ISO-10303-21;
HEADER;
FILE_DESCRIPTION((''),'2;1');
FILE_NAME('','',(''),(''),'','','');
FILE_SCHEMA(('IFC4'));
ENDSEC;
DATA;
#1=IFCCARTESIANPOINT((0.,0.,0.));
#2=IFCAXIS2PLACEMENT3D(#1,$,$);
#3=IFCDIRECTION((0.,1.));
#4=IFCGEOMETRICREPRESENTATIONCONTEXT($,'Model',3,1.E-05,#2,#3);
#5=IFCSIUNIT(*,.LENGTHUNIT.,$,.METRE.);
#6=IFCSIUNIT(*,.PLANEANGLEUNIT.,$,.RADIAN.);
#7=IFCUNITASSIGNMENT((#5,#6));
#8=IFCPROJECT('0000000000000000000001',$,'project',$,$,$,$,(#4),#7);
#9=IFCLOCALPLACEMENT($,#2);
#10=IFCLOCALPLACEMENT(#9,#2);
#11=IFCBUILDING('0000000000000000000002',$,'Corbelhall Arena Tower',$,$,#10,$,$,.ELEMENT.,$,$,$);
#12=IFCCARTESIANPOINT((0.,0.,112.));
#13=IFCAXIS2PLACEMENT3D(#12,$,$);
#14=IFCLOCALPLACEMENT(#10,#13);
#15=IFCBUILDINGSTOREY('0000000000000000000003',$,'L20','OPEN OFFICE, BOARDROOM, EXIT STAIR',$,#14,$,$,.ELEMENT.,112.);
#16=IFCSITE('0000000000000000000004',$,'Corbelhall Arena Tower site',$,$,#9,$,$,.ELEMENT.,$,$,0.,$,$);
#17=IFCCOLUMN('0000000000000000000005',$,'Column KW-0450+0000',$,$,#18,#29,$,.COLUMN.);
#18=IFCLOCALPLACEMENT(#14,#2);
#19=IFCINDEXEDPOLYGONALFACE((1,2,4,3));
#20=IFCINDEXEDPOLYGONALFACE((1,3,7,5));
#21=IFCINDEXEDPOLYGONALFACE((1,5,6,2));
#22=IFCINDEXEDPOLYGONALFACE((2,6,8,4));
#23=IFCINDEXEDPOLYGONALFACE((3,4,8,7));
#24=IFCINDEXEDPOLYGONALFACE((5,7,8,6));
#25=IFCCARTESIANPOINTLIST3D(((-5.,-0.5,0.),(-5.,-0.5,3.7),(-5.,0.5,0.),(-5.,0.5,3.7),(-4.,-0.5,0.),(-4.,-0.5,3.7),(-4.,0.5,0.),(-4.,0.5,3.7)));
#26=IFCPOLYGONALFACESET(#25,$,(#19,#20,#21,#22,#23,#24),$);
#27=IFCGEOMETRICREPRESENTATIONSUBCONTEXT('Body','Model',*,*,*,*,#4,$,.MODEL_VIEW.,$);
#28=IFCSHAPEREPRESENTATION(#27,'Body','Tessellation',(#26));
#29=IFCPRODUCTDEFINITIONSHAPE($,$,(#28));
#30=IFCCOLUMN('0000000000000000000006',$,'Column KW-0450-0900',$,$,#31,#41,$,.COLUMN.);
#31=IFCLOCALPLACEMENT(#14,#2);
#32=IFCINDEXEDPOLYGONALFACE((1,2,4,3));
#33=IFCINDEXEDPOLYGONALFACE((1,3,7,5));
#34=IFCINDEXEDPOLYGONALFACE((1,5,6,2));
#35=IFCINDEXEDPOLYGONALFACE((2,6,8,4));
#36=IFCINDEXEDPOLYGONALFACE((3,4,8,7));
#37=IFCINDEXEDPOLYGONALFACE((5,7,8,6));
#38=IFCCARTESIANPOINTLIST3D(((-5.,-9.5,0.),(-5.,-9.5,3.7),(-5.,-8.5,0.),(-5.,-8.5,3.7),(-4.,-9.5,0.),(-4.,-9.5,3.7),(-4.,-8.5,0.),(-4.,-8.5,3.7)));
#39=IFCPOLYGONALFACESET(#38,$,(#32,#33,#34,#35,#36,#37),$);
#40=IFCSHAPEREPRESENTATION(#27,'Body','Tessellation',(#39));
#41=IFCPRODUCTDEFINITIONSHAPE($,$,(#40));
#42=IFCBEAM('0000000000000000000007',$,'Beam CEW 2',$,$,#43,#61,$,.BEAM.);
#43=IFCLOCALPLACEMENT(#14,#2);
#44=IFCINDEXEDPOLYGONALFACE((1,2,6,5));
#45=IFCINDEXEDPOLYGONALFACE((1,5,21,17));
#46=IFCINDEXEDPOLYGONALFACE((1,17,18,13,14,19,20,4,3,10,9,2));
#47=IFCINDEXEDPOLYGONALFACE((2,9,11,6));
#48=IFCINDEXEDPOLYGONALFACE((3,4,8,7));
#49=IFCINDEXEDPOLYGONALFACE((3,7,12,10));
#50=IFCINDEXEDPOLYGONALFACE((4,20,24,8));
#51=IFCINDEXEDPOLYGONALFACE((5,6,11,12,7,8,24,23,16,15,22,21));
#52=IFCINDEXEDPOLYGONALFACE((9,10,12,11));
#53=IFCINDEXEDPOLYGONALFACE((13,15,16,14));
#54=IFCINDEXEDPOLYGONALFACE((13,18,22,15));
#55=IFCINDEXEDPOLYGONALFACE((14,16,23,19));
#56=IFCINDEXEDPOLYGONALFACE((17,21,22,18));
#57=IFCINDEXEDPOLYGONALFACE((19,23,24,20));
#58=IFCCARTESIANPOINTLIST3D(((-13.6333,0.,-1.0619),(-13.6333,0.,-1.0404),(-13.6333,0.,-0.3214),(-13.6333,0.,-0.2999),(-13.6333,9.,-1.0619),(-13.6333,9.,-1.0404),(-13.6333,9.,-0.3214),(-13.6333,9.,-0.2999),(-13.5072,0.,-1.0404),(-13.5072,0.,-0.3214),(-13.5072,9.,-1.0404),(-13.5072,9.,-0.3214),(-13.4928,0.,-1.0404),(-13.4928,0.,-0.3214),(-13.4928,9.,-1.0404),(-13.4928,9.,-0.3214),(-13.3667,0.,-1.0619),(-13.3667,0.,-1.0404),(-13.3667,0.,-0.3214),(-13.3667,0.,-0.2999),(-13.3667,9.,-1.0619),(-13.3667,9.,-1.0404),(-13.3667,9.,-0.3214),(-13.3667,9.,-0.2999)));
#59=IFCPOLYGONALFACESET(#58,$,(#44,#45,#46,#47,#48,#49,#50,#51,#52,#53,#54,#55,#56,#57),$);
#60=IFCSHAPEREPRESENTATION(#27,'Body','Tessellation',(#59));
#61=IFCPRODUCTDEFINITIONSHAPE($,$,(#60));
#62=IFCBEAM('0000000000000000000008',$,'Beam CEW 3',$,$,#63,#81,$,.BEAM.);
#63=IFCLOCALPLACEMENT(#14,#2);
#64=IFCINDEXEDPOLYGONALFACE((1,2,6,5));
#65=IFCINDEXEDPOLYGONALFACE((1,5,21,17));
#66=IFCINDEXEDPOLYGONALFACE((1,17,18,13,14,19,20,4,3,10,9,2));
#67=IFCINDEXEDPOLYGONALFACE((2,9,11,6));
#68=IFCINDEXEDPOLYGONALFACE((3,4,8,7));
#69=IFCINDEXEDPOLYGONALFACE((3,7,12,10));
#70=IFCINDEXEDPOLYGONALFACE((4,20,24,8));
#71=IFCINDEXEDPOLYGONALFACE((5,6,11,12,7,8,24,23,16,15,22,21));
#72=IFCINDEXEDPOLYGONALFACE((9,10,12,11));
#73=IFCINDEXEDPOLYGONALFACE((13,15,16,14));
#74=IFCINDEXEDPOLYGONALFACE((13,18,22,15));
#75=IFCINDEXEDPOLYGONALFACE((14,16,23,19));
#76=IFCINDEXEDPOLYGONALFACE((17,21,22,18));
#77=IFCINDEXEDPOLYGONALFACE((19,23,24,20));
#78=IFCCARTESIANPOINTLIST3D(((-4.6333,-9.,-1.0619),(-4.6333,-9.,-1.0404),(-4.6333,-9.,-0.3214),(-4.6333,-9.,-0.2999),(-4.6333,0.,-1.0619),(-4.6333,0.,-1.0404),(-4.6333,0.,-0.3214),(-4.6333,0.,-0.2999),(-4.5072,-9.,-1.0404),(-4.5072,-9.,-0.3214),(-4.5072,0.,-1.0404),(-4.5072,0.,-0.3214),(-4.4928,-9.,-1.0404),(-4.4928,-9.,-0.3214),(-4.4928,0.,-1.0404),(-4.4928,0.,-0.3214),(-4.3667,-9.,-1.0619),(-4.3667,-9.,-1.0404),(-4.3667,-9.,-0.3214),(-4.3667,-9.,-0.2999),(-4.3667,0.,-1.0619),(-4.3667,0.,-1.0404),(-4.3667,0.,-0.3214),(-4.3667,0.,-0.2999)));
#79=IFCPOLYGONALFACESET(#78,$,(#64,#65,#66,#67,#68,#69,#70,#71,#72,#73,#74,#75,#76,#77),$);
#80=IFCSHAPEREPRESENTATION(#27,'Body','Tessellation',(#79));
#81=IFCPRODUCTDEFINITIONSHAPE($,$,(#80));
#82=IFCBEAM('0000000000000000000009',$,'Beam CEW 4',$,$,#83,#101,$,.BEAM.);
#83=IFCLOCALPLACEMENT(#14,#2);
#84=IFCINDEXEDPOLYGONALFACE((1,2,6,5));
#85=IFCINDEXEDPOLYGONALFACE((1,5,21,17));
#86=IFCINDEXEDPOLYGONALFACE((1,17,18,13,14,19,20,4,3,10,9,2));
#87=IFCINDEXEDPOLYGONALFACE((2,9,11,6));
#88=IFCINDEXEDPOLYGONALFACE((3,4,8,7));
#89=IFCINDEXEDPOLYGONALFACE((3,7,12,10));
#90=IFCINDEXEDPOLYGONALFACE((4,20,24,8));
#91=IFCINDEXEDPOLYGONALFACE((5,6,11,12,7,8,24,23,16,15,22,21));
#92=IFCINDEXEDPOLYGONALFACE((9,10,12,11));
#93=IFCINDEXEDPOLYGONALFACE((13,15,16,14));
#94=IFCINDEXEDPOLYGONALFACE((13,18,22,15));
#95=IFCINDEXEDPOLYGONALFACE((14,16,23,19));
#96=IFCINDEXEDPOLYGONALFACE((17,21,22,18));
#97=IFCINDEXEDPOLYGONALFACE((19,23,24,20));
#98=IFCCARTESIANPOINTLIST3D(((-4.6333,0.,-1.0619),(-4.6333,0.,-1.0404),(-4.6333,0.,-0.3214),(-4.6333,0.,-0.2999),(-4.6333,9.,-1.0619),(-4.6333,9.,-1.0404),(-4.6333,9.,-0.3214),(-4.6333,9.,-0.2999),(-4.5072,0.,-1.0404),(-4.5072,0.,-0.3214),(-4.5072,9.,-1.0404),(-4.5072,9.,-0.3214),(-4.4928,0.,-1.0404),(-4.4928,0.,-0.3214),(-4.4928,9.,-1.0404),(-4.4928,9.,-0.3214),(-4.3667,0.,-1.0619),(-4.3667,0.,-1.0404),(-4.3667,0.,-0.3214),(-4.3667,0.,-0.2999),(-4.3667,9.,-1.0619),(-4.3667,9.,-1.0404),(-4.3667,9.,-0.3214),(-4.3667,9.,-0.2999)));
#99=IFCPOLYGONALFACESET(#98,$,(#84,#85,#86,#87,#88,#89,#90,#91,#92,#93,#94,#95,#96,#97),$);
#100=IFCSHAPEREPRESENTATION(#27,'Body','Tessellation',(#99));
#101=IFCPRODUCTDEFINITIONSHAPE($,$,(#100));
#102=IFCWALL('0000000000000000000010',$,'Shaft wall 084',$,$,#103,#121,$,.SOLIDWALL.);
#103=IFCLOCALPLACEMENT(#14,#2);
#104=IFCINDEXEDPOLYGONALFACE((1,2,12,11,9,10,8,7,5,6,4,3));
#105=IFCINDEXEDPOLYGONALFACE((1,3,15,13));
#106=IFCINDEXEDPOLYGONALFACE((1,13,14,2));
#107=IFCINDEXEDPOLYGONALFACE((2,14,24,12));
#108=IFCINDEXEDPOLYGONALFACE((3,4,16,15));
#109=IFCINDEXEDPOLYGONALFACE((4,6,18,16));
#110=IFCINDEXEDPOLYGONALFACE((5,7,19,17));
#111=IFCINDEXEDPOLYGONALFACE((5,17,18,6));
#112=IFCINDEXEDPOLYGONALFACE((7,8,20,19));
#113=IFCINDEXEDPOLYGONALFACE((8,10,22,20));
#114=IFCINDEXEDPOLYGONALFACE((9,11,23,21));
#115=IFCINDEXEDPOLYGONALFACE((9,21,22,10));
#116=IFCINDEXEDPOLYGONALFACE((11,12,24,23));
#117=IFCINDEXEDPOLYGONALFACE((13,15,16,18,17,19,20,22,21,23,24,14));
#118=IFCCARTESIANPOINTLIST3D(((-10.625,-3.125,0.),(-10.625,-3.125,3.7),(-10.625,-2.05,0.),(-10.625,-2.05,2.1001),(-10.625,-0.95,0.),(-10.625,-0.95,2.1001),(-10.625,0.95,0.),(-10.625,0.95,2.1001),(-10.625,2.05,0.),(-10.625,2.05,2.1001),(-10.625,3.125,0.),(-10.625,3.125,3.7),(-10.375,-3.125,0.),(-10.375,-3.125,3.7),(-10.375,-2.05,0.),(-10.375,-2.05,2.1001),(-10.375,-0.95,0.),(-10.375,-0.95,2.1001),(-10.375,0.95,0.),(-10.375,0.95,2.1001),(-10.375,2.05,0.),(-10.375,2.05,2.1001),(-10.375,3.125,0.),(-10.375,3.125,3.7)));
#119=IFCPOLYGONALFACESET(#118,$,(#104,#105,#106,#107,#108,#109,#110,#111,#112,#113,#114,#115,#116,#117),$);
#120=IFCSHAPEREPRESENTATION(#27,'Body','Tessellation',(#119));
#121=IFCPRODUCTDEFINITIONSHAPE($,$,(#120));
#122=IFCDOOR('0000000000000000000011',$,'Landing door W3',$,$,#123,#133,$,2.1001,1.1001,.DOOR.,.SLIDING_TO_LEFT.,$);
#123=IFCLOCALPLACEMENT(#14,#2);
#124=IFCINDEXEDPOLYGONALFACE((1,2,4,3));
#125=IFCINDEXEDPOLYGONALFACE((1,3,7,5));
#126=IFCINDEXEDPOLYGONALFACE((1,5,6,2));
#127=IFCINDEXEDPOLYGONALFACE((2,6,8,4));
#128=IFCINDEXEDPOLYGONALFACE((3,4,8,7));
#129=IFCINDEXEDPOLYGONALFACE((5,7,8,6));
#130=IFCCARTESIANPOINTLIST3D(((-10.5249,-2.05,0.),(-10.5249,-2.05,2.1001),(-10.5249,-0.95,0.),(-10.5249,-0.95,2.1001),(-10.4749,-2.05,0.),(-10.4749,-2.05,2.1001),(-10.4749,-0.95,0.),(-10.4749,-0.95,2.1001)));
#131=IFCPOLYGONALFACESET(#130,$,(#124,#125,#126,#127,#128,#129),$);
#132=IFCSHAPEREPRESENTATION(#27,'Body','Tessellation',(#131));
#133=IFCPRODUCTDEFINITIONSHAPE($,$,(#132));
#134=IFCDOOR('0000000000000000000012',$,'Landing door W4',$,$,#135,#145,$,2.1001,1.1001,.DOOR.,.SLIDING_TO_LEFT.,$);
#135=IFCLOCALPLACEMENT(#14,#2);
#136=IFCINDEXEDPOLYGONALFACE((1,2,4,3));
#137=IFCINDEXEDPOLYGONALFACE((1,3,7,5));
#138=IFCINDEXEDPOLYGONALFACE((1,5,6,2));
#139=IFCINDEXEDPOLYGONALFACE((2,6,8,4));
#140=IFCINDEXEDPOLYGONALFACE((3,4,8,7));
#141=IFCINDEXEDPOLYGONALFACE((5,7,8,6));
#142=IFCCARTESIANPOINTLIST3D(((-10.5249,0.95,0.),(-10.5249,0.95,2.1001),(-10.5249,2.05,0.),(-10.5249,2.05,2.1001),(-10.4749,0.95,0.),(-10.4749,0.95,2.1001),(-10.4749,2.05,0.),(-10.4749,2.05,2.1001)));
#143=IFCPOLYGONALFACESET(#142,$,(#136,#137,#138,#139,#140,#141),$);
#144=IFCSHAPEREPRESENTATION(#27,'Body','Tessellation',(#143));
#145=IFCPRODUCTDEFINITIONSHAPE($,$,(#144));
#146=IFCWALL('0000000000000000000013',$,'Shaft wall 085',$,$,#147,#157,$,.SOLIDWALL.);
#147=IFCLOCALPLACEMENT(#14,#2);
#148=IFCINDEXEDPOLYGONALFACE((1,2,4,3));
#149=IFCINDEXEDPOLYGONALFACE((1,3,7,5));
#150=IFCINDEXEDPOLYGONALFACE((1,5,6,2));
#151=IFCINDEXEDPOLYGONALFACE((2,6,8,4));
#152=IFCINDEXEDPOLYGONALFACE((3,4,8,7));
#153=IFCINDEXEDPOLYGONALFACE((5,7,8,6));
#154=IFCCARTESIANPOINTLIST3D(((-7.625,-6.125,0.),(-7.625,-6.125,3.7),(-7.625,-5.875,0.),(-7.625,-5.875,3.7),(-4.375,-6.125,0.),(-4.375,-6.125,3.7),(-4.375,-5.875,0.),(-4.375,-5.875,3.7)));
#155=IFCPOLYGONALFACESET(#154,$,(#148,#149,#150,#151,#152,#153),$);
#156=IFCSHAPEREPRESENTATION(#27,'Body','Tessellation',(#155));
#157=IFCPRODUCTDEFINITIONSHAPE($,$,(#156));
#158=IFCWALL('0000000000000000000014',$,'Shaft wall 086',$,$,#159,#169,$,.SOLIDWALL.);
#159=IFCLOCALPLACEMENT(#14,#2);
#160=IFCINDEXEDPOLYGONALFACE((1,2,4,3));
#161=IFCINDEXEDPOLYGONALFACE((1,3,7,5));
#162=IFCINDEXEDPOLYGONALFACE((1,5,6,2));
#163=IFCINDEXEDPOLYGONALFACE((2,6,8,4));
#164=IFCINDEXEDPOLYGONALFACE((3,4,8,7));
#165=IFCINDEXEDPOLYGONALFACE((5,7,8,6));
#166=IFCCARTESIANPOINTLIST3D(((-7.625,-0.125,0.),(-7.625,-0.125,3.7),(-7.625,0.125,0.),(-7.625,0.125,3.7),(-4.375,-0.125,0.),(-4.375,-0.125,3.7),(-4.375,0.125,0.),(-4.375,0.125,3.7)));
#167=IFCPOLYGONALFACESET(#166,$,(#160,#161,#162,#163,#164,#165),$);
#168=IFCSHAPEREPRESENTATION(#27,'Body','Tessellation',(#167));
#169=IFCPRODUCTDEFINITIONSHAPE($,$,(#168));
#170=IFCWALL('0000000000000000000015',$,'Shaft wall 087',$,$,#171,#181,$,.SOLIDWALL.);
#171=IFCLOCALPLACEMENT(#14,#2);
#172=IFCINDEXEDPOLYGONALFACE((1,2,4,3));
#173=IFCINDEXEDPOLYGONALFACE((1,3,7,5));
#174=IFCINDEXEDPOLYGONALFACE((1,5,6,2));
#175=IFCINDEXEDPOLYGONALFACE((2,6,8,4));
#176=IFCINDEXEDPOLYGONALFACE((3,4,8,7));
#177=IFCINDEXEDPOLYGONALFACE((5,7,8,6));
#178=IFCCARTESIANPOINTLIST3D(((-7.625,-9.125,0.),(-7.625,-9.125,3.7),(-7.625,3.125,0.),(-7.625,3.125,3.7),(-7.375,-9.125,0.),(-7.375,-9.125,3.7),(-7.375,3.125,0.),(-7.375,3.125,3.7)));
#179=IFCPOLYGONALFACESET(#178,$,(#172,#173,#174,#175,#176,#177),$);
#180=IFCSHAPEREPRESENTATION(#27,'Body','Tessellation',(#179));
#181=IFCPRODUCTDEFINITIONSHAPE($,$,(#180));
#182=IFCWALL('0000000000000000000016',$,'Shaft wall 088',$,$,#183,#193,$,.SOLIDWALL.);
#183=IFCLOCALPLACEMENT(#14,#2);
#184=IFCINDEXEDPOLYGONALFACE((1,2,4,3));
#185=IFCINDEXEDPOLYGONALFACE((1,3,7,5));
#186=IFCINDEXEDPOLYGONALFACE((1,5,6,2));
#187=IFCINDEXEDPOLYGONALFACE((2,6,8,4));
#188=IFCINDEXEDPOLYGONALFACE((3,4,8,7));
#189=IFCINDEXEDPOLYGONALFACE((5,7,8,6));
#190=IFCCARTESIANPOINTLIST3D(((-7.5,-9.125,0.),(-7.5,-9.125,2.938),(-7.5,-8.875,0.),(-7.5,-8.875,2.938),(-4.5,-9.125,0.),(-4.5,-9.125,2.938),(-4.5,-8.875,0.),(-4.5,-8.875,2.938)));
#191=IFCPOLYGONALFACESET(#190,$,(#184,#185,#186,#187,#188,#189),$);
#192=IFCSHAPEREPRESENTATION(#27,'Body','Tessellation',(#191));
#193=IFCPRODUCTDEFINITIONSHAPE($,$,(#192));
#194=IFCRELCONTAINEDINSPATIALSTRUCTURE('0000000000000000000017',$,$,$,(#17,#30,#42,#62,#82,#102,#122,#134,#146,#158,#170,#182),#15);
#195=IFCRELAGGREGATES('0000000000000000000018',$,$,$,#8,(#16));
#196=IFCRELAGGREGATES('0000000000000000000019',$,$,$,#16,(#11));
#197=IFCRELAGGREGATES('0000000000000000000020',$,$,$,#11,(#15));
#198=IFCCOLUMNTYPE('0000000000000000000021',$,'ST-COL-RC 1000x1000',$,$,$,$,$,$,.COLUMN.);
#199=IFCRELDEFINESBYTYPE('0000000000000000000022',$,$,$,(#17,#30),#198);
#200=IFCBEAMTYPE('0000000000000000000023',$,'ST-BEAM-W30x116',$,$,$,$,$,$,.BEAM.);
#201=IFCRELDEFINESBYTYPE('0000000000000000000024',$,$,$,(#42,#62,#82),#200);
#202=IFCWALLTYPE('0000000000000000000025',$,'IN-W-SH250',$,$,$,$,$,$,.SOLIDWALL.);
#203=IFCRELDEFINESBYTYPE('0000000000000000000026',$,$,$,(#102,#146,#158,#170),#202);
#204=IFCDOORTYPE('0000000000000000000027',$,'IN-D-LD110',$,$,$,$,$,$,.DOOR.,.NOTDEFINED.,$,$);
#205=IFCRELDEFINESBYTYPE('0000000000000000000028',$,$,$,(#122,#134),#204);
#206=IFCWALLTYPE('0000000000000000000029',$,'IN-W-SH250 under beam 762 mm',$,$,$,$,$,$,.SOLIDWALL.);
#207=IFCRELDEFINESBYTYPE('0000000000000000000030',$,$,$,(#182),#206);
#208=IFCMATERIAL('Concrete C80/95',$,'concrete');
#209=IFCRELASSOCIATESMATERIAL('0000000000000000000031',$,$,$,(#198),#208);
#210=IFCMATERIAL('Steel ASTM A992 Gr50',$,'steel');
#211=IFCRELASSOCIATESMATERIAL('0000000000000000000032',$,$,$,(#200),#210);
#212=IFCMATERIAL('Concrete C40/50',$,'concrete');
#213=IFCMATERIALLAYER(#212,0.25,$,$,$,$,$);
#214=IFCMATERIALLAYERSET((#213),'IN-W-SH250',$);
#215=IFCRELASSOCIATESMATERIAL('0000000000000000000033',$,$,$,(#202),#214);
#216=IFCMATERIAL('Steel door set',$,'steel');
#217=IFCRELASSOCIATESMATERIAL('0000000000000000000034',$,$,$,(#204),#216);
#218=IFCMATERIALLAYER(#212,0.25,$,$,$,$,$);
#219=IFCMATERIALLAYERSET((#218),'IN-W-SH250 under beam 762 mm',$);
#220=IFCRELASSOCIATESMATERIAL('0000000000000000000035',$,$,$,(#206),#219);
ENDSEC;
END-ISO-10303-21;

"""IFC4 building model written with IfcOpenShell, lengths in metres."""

from ifc_helpers import new_model, si_unit, direction, frame, frame_2d, origin, origin_2d, place, context, subcontext, project, spatial, rectangle, i_section, extrude, material, layer, layer_set, material_profile, profile_set, type_object, element, fill, save


model = new_model("IFC4")

# Units and contexts
model_context = context("Model", 3, precision=1e-05, world=origin(), true_north=direction((0.0, 1.0)))
body_context = subcontext(model_context, "Body", "Model", "MODEL_VIEW")
ifc_project = project(units=[si_unit("LENGTHUNIT", "METRE"), si_unit("PLANEANGLEUNIT", "RADIAN")], contexts=[model_context])

# Site, building, storey
site_placement = place(None, origin())
site = spatial("IfcSite", under=ifc_project, at=site_placement, Name="Corbelhall Arena Tower site", CompositionType="ELEMENT", RefElevation=0.0)
building_placement = place(site_placement, origin())
building = spatial("IfcBuilding", under=site, at=building_placement, Name="Corbelhall Arena Tower", CompositionType="ELEMENT")
storey_placement = place(building_placement, frame((0.0, 0.0, 112.0)))
storey = spatial("IfcBuildingStorey", under=building, at=storey_placement, Name="L20", Description="OPEN OFFICE, BOARDROOM, EXIT STAIR", CompositionType="ELEMENT", Elevation=112.0)

# Columns
ifc_material_1 = material(Name="Concrete C80/95", Category="concrete")
ifc_material_profile_1 = material_profile(ifc_material_1, rectangle(XDim=1.0, YDim=1.0, at=origin_2d()))
ifc_profile_set_1 = profile_set([ifc_material_profile_1], Name="Concrete C80/95")
column_type = type_object("IfcColumnType", Name="ST-COL-RC 1000x1000", PredefinedType="COLUMN", material=ifc_profile_set_1)
for number, where, z_axis, x_axis, name in (
    (1, (-4.5, 0.0, 0.0), (0.0, 0.0, 1.0), (1.0, 0.0, 0.0), "Column KW-0450+0000"),
    (2, (-4.5, -9.0, 0.0), (0.0, 0.0, 1.0), (1.0, 0.0, 0.0), "Column KW-0450-0900"),
):
    element("IfcColumn", number, at=place(storey_placement, frame(where, z_axis=z_axis, x_axis=x_axis)), inside=storey, type_object=column_type, Name=name, PredefinedType="COLUMN", context=body_context, shape_type="SweptSolid", body=[
        extrude(rectangle(XDim=1.0, YDim=1.0, at=origin_2d()), origin(), (0.0, 0.0, 1.0), 3.7),
    ])

# Beams
ifc_material_2 = material(Name="Steel ASTM A992 Gr50", Category="steel")
ifc_material_profile_2 = material_profile(ifc_material_2, i_section(OverallWidth=0.2666, OverallDepth=0.762, WebThickness=0.0144, FlangeThickness=0.0215, at=origin_2d()))
ifc_profile_set_2 = profile_set([ifc_material_profile_2], Name="Steel ASTM A992 Gr50")
beam_type = type_object("IfcBeamType", Name="ST-BEAM-W30x116", PredefinedType="BEAM", material=ifc_profile_set_2)
for number, where, z_axis, x_axis, name in (
    (3, (-13.5, 0.0, -0.6809), (0.0, 1.0, 0.0), (-1.0, 0.0, 0.0), "Beam CEW 2"),
    (4, (-4.5, -9.0, -0.6809), (0.0, 1.0, 0.0), (-1.0, 0.0, 0.0), "Beam CEW 3"),
    (5, (-4.5, 0.0, -0.6809), (0.0, 1.0, 0.0), (-1.0, 0.0, 0.0), "Beam CEW 4"),
):
    element("IfcBeam", number, at=place(storey_placement, frame(where, z_axis=z_axis, x_axis=x_axis)), inside=storey, type_object=beam_type, Name=name, PredefinedType="BEAM", context=body_context, shape_type="SweptSolid", body=[
        extrude(i_section(OverallWidth=0.2666, OverallDepth=0.762, WebThickness=0.0144, FlangeThickness=0.0215, at=origin_2d()), origin(), (0.0, 0.0, 1.0), 9.0),
    ])

# Shared definitions
ifc_material_3 = material(Name="Steel door set", Category="steel")

# Wall, openings, doors
ifc_material_4 = material(Name="Concrete C40/50", Category="concrete")
ifc_layer_1 = layer(ifc_material_4, 0.25)
ifc_layer_set_1 = layer_set([ifc_layer_1], Name="IN-W-SH250")
wall_type_1 = type_object("IfcWallType", Name="IN-W-SH250", PredefinedType="SOLIDWALL", material=ifc_layer_set_1)
wall_1_placement = place(storey_placement, frame((-10.5, -3.125, 0.0), z_axis=(0.0, 0.0, 1.0), x_axis=(0.0, 1.0, 0.0)))
wall_1 = element("IfcWall", 6, at=wall_1_placement, inside=storey, type_object=wall_type_1, Name="Shaft wall 084", PredefinedType="SOLIDWALL", context=body_context, shape_type="SweptSolid", body=[
    extrude(rectangle(XDim=6.25, YDim=0.25, at=frame_2d((3.125, 0.0))), origin(), (0.0, 0.0, 1.0), 3.7),
])
opening_1_placement = place(wall_1_placement, frame((1.075, 0.0, 0.0)))
opening_1 = element("IfcOpeningElement", 7, at=opening_1_placement, cuts=wall_1, PredefinedType="OPENING", context=body_context, shape_type="SweptSolid", body=[
    extrude(rectangle(XDim=1.1001, YDim=2.1001, at=frame_2d((0.55, 1.05))), frame((0.0, 0.125, 0.0), z_axis=(0.0, -1.0, 0.0), x_axis=(1.0, 0.0, 0.0)), (0.0, 0.0, 1.0), 0.25),
])
opening_2_placement = place(wall_1_placement, frame((4.075, 0.0, 0.0)))
opening_2 = element("IfcOpeningElement", 8, at=opening_2_placement, cuts=wall_1, PredefinedType="OPENING", context=body_context, shape_type="SweptSolid", body=[
    extrude(rectangle(XDim=1.1001, YDim=2.1001, at=frame_2d((0.55, 1.05))), frame((0.0, 0.125, 0.0), z_axis=(0.0, -1.0, 0.0), x_axis=(1.0, 0.0, 0.0)), (0.0, 0.0, 1.0), 0.25),
])
door_type_1 = type_object("IfcDoorType", Name="IN-D-LD110", OperationType="NOTDEFINED", PredefinedType="DOOR", material=ifc_material_3)
door_1_placement = place(opening_1_placement, origin())
door_1 = element("IfcDoor", 9, at=door_1_placement, inside=storey, type_object=door_type_1, Name="Landing door W3", OperationType="SLIDING_TO_LEFT", OverallHeight=2.1001, OverallWidth=1.1001, PredefinedType="DOOR", context=body_context, shape_type="SweptSolid", body=[
    extrude(rectangle(XDim=1.1001, YDim=2.1001, at=frame_2d((0.55, 1.05))), frame((0.0, 0.0249, 0.0), z_axis=(0.0, -1.0, 0.0), x_axis=(1.0, 0.0, 0.0)), (0.0, 0.0, 1.0), 0.05),
])
fill(opening_1, door_1)
door_2_placement = place(opening_2_placement, origin())
door_2 = element("IfcDoor", 10, at=door_2_placement, inside=storey, type_object=door_type_1, Name="Landing door W4", OperationType="SLIDING_TO_LEFT", OverallHeight=2.1001, OverallWidth=1.1001, PredefinedType="DOOR", context=body_context, shape_type="SweptSolid", body=[
    extrude(rectangle(XDim=1.1001, YDim=2.1001, at=frame_2d((0.55, 1.05))), frame((0.0, 0.0249, 0.0), z_axis=(0.0, -1.0, 0.0), x_axis=(1.0, 0.0, 0.0)), (0.0, 0.0, 1.0), 0.05),
])
fill(opening_2, door_2)

# Walls
for number, where, z_axis, x_axis, name in (
    (11, (-7.625, -6.0, 0.0), (0.0, 0.0, 1.0), (1.0, 0.0, 0.0), "Shaft wall 085"),
    (12, (-7.625, 0.0, 0.0), (0.0, 0.0, 1.0), (1.0, 0.0, 0.0), "Shaft wall 086"),
):
    element("IfcWall", number, at=place(storey_placement, frame(where, z_axis=z_axis, x_axis=x_axis)), inside=storey, type_object=wall_type_1, Name=name, PredefinedType="SOLIDWALL", context=body_context, shape_type="SweptSolid", body=[
        extrude(rectangle(XDim=3.25, YDim=0.25, at=frame_2d((1.625, 0.0))), origin(), (0.0, 0.0, 1.0), 3.7),
    ])
wall_2_placement = place(storey_placement, frame((-7.5, -9.125, 0.0), z_axis=(0.0, 0.0, 1.0), x_axis=(0.0, 1.0, 0.0)))
element("IfcWall", 13, at=wall_2_placement, inside=storey, type_object=wall_type_1, Name="Shaft wall 087", PredefinedType="SOLIDWALL", context=body_context, shape_type="SweptSolid", body=[
    extrude(rectangle(XDim=12.25, YDim=0.25, at=frame_2d((6.125, 0.0))), origin(), (0.0, 0.0, 1.0), 3.7),
])
ifc_layer_2 = layer(ifc_material_4, 0.25)
ifc_layer_set_2 = layer_set([ifc_layer_2], Name="IN-W-SH250 under beam 762 mm")
wall_type_2 = type_object("IfcWallType", Name="IN-W-SH250 under beam 762 mm", PredefinedType="SOLIDWALL", material=ifc_layer_set_2)
wall_3_placement = place(storey_placement, frame((-4.5, -9.0, 0.0), z_axis=(0.0, 0.0, 1.0), x_axis=(-1.0, 0.0, 0.0)))
element("IfcWall", 14, at=wall_3_placement, inside=storey, type_object=wall_type_2, Name="Shaft wall 088", PredefinedType="SOLIDWALL", context=body_context, shape_type="SweptSolid", body=[
    extrude(rectangle(XDim=3.0, YDim=0.25, at=frame_2d((1.5, 0.0))), origin(), (0.0, 0.0, 1.0), 2.938),
])

save(model, "model.ifc")
